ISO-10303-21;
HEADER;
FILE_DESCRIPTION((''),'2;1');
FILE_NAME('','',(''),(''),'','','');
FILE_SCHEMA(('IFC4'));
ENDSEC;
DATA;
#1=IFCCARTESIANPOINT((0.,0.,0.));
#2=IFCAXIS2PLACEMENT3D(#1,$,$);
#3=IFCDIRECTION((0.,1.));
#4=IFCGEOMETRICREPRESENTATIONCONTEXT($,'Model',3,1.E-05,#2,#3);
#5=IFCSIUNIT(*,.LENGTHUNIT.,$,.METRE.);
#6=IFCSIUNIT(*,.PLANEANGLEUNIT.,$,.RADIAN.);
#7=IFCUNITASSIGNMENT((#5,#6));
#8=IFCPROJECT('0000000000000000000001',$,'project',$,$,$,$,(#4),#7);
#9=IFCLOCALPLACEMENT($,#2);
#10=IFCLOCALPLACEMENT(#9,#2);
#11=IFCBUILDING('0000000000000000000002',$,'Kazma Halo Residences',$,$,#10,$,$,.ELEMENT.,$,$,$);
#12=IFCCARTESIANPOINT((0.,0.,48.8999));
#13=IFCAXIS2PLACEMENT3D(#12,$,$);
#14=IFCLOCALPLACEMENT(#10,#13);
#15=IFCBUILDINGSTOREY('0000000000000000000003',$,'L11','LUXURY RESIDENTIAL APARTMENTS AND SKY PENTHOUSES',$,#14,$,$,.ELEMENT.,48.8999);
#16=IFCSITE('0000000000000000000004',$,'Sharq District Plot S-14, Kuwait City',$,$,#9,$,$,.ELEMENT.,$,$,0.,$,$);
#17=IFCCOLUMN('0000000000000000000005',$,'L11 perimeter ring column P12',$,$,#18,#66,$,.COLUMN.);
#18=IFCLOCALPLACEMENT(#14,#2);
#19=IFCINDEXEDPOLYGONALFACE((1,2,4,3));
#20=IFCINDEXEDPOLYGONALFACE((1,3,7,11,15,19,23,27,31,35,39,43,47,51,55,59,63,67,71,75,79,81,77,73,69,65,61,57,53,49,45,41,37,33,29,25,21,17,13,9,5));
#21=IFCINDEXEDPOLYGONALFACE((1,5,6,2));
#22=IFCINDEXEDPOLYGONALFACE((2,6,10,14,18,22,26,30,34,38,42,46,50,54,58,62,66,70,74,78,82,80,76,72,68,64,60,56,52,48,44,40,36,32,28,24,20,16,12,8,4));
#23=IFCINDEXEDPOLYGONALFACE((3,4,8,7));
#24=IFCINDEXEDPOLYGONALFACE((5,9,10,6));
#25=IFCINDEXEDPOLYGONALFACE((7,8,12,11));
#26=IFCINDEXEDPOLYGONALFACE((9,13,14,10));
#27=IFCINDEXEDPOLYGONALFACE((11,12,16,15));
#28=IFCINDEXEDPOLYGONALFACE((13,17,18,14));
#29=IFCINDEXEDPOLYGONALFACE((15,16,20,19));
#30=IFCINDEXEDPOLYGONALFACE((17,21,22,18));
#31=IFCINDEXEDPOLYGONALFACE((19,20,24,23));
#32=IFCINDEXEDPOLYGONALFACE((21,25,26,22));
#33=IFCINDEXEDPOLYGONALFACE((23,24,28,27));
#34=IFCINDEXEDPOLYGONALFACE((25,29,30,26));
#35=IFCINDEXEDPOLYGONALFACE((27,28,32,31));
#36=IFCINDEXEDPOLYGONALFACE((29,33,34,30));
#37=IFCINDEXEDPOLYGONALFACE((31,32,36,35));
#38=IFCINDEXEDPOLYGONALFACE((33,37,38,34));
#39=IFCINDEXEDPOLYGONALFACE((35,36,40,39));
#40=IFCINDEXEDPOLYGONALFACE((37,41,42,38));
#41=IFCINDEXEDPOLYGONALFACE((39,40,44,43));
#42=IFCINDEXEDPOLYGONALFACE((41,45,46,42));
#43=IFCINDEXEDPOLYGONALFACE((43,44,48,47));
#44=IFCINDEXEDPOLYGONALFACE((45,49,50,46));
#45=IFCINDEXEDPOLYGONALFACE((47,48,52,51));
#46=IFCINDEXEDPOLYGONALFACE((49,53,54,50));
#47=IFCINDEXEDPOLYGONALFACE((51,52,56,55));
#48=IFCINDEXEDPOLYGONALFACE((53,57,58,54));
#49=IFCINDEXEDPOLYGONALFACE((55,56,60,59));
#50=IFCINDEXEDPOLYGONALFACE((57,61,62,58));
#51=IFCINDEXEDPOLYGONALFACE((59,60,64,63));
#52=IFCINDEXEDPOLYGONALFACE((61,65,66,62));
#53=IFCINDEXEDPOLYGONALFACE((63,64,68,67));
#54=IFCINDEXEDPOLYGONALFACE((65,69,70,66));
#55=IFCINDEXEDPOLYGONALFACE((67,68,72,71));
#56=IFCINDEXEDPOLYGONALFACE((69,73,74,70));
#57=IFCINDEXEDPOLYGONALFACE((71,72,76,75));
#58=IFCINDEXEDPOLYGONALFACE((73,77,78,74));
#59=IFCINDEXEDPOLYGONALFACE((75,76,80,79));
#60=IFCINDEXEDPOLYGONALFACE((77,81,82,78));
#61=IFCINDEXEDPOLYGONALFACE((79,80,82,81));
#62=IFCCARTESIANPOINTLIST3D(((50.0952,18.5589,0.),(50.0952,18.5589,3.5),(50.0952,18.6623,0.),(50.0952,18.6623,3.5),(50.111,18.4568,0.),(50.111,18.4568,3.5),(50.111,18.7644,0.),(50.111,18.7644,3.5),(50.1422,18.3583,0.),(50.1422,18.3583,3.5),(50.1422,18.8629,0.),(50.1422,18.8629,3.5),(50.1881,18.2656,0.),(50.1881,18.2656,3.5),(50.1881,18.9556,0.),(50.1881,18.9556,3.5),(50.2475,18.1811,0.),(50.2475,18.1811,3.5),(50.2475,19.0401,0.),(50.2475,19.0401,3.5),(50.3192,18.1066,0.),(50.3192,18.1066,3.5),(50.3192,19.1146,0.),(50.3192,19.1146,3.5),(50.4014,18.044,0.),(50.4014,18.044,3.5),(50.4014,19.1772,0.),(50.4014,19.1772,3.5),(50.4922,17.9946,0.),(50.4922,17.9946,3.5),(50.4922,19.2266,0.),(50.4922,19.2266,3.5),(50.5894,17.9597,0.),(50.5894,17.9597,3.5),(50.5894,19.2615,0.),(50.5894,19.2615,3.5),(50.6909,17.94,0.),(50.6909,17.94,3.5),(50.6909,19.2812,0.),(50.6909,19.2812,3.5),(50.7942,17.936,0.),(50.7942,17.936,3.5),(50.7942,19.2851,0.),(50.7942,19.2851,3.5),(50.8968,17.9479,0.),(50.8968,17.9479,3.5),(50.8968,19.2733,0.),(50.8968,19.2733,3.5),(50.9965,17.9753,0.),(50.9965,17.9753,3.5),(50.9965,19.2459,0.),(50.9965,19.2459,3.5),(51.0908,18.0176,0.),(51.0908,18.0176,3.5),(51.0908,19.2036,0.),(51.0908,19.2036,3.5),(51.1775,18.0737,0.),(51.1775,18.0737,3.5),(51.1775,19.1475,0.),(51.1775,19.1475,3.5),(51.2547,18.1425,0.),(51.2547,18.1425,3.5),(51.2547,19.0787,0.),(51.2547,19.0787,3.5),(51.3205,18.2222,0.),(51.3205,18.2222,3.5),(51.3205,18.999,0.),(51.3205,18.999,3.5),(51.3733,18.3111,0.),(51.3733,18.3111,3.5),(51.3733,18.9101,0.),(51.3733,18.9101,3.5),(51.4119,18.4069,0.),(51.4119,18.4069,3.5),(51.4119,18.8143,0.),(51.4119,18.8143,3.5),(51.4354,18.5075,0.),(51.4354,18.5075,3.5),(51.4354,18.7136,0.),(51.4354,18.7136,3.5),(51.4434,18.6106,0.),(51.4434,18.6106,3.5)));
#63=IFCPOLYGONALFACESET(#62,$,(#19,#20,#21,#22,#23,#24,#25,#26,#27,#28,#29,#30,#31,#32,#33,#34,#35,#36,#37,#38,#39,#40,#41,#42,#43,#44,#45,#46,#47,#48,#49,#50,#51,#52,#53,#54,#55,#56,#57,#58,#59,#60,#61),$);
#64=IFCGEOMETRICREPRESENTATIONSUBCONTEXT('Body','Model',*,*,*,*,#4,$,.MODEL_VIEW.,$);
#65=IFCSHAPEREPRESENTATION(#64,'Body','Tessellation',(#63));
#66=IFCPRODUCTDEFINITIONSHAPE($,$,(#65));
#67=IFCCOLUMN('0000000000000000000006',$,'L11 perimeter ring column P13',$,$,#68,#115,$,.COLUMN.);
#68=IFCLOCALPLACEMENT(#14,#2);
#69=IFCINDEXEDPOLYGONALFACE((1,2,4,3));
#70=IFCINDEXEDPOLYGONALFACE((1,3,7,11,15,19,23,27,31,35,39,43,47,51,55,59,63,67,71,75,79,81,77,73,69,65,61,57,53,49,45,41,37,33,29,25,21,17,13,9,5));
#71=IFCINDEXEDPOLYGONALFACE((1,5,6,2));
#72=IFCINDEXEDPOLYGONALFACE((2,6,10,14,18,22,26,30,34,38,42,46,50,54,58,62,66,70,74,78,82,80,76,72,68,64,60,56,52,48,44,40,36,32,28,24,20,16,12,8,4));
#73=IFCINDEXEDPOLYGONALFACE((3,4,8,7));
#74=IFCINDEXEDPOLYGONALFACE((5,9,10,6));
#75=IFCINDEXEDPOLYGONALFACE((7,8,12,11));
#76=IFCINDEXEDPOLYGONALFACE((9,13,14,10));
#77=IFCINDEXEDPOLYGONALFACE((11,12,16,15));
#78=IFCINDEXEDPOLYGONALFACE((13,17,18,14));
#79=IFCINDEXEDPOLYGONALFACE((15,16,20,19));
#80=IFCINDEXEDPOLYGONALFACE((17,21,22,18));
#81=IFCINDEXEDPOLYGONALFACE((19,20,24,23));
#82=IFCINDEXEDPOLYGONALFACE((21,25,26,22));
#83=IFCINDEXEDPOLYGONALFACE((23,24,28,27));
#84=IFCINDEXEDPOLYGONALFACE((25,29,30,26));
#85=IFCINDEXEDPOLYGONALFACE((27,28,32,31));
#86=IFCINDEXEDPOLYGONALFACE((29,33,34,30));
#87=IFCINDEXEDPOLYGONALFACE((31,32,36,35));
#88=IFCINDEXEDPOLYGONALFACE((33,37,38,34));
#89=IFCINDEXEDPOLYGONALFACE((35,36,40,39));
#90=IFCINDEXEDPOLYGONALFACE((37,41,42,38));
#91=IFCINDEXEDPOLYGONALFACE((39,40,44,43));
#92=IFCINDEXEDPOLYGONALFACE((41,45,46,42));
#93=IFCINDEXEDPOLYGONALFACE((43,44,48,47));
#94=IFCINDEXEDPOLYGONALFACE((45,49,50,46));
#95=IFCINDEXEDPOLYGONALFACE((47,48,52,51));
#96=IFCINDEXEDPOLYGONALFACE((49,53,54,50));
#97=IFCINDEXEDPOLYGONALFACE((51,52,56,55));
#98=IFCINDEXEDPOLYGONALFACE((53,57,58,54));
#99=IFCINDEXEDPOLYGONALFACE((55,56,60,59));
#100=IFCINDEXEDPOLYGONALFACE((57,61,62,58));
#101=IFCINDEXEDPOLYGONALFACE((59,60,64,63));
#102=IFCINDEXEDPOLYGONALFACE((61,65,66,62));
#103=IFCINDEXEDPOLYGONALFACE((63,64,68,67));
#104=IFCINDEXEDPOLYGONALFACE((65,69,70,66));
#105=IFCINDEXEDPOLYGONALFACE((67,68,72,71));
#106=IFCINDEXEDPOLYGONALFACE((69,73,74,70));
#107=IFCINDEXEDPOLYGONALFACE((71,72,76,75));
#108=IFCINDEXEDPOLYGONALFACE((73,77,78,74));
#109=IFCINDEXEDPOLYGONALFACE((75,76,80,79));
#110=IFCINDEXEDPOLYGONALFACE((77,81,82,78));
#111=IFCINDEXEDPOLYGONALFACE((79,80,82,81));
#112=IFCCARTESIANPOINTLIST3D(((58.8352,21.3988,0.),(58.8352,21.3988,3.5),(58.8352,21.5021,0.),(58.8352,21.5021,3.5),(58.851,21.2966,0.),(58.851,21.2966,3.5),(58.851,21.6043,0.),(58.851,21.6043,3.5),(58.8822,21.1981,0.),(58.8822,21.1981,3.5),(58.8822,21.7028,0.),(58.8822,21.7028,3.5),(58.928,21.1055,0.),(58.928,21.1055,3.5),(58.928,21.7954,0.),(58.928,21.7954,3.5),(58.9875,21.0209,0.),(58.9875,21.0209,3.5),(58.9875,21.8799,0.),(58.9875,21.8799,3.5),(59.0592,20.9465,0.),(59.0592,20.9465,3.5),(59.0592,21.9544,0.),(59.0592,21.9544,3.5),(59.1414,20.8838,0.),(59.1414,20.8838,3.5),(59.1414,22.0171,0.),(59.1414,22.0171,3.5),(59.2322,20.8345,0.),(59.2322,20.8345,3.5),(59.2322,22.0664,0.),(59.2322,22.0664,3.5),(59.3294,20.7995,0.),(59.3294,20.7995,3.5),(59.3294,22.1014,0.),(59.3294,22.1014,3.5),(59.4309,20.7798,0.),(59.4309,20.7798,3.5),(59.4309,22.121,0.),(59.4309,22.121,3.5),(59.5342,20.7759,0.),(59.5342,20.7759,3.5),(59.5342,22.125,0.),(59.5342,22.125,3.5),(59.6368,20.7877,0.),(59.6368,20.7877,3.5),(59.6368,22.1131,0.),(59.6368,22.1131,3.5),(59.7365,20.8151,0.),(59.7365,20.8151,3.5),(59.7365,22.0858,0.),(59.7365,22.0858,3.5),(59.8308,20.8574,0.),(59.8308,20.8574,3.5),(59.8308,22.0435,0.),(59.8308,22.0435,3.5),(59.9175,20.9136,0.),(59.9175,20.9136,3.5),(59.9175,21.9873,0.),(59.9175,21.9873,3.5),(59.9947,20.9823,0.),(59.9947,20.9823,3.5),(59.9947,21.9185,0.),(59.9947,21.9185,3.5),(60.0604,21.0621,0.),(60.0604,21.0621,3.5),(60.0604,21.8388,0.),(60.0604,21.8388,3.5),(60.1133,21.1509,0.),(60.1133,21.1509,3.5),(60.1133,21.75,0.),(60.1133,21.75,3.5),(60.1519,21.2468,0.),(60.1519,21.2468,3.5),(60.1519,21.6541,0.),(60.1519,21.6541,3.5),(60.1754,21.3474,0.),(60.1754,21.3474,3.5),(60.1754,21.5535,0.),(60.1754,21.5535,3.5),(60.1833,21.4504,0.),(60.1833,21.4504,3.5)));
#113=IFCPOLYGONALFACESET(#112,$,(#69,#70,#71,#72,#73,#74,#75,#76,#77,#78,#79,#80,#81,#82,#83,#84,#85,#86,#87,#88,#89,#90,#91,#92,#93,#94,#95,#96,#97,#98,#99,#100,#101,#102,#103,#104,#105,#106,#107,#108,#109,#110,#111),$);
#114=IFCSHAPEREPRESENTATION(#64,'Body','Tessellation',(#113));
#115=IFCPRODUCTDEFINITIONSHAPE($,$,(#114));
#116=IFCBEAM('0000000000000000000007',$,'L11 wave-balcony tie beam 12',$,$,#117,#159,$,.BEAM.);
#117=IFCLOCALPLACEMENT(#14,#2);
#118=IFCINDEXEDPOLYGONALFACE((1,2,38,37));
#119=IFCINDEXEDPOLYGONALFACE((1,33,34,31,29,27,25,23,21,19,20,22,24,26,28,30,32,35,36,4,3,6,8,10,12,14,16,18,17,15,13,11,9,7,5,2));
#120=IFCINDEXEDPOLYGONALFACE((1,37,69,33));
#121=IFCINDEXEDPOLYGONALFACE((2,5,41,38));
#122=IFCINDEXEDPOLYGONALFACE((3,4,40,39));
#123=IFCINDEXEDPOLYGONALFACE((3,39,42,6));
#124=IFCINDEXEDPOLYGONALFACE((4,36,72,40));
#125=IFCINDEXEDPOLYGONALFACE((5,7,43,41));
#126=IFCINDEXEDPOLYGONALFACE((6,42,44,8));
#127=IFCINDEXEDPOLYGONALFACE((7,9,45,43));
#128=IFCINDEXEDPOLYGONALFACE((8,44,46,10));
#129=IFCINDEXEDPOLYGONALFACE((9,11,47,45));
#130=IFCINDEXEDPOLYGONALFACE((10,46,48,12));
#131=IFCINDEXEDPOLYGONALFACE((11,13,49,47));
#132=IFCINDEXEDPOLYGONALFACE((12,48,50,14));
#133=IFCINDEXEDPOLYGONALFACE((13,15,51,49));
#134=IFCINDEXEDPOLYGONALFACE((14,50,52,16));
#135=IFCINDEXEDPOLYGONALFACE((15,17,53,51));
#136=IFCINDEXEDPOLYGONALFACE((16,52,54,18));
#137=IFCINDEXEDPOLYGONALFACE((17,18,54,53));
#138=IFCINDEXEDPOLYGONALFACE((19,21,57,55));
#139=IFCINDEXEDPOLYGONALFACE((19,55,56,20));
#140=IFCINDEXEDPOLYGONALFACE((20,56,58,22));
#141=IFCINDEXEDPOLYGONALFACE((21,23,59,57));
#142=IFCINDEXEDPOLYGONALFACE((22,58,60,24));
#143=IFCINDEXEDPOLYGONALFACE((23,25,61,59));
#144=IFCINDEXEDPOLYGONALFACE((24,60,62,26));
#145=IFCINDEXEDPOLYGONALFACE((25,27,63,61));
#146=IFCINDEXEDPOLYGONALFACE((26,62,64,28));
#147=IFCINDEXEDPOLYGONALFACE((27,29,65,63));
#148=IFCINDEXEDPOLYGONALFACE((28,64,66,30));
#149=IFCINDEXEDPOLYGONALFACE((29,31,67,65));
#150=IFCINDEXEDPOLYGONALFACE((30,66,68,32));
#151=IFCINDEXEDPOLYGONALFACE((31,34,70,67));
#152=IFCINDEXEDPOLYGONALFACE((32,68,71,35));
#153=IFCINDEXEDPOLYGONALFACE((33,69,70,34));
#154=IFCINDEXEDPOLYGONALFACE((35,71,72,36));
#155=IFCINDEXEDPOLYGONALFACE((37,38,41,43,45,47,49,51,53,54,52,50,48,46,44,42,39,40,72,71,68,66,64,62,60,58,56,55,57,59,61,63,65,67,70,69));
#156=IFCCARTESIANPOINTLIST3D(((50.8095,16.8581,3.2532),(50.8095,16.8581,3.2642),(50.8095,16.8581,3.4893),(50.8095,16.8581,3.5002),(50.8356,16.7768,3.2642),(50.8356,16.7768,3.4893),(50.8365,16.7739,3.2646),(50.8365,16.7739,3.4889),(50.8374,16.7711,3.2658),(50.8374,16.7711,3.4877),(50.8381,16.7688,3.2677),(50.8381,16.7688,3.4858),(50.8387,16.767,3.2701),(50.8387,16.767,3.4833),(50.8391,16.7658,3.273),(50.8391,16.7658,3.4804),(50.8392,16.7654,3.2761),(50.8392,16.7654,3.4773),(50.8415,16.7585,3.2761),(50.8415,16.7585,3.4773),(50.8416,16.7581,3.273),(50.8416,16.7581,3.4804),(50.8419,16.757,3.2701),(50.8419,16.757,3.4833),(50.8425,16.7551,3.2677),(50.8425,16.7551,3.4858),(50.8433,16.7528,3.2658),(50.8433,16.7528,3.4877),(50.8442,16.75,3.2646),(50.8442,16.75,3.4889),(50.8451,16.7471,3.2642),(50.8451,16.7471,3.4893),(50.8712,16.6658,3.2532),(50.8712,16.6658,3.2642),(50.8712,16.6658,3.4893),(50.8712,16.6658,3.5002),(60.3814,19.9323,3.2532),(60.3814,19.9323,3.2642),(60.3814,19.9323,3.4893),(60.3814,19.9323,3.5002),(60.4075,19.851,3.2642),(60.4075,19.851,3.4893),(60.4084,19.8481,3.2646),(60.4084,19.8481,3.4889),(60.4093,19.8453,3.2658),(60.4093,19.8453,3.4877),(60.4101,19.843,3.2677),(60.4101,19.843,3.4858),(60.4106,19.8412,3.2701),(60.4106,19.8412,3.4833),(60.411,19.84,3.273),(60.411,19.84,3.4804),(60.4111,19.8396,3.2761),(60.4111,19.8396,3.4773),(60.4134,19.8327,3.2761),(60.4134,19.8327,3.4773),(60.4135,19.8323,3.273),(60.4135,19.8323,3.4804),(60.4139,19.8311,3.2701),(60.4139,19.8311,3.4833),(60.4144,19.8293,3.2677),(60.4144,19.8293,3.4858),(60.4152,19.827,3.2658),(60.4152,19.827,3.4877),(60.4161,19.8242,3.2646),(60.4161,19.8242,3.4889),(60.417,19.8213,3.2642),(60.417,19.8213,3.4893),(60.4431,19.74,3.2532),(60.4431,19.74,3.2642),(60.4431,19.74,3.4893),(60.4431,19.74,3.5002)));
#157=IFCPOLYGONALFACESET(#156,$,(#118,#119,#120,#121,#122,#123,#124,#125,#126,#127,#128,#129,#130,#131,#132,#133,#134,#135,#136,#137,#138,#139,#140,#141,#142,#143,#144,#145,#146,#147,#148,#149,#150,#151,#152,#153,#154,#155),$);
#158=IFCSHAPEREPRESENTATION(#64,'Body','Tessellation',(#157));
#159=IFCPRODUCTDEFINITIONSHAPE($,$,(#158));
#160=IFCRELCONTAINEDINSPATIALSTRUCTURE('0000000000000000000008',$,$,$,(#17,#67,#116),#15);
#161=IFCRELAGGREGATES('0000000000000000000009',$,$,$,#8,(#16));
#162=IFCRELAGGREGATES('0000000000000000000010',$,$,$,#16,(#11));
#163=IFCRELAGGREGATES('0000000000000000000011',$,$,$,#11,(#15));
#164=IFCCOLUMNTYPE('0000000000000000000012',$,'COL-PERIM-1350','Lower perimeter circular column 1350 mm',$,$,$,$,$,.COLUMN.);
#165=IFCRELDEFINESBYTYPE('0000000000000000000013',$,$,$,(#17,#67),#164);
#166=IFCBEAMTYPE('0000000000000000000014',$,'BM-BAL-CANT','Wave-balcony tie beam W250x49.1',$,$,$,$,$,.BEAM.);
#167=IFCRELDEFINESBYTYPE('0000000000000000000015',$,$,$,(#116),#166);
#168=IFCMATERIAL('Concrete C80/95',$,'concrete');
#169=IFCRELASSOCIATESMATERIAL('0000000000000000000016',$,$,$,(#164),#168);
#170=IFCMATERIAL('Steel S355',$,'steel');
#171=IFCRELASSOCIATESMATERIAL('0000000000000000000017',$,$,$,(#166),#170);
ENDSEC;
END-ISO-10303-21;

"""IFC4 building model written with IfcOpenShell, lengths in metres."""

from ifc_helpers import new_model, si_unit, direction, frame, origin, origin_2d, place, context, subcontext, project, spatial, circle, i_section, extrude, material, material_profile, profile_set, type_object, element, save


model = new_model("IFC4")

# Units and contexts
model_context = context("Model", 3, precision=1e-05, world=origin(), true_north=direction((0.0, 1.0)))
body_context = subcontext(model_context, "Body", "Model", "MODEL_VIEW")
ifc_project = project(units=[si_unit("LENGTHUNIT", "METRE"), si_unit("PLANEANGLEUNIT", "RADIAN")], contexts=[model_context])

# Site, building, storey
site_placement = place(None, origin())
site = spatial("IfcSite", under=ifc_project, at=site_placement, Name="Sharq District Plot S-14, Kuwait City", CompositionType="ELEMENT", RefElevation=0.0)
building_placement = place(site_placement, origin())
building = spatial("IfcBuilding", under=site, at=building_placement, Name="Kazma Halo Residences", CompositionType="ELEMENT")
storey_placement = place(building_placement, frame((0.0, 0.0, 48.8999)))
storey = spatial("IfcBuildingStorey", under=building, at=storey_placement, Name="L11", Description="LUXURY RESIDENTIAL APARTMENTS AND SKY PENTHOUSES", CompositionType="ELEMENT", Elevation=48.8999)

# Columns
ifc_material_1 = material(Name="Concrete C80/95", Category="concrete")
ifc_material_profile_1 = material_profile(ifc_material_1, circle(Radius=0.675, at=origin_2d()), Name="CIRC1350")
ifc_profile_set_1 = profile_set([ifc_material_profile_1], Name="Concrete C80/95")
column_type = type_object("IfcColumnType", Name="COL-PERIM-1350", Description="Lower perimeter circular column 1350 mm", PredefinedType="COLUMN", material=ifc_profile_set_1)
for number, where, z_axis, x_axis, name in (
    (1, (50.7683, 18.6106, 0.0), (0.0, 0.0, 1.0), (1.0, 0.0, 0.0), "L11 perimeter ring column P12"),
    (2, (59.5083, 21.4504, 0.0), (0.0, 0.0, 1.0), (1.0, 0.0, 0.0), "L11 perimeter ring column P13"),
):
    element("IfcColumn", number, at=place(storey_placement, frame(where, z_axis=z_axis, x_axis=x_axis)), inside=storey, type_object=column_type, Name=name, PredefinedType="COLUMN", context=body_context, shape_type="SweptSolid", body=[
        extrude(circle(Radius=0.675, at=origin_2d()), origin(), (0.0, 0.0, 1.0), 3.5),
    ])

# Beam
ifc_material_2 = material(Name="Steel S355", Category="steel")
ifc_material_profile_2 = material_profile(ifc_material_2, i_section(OverallWidth=0.2019, OverallDepth=0.2471, WebThickness=0.0073, FlangeThickness=0.011, FilletRadius=0.012, at=origin_2d()), Name="W250x49.1")
ifc_profile_set_2 = profile_set([ifc_material_profile_2], Name="Steel S355")
beam_type_1 = type_object("IfcBeamType", Name="BM-BAL-CANT", Description="Wave-balcony tie beam W250x49.1", PredefinedType="BEAM", material=ifc_profile_set_2)
beam_1_placement = place(storey_placement, frame((50.8403, 16.762, 3.3767), z_axis=(0.952101, 0.305784, 0.0), x_axis=(-0.305784, 0.952101, 0.0)))
element("IfcBeam", 3, at=beam_1_placement, inside=storey, type_object=beam_type_1, Name="L11 wave-balcony tie beam 12", PredefinedType="BEAM", context=body_context, shape_type="SweptSolid", body=[
    extrude(i_section(OverallWidth=0.2019, OverallDepth=0.2471, WebThickness=0.0073, FlangeThickness=0.011, FilletRadius=0.012, at=origin_2d()), origin(), (0.0, 0.0, 1.0), 10.0535),
])

save(model, "model.ifc")
